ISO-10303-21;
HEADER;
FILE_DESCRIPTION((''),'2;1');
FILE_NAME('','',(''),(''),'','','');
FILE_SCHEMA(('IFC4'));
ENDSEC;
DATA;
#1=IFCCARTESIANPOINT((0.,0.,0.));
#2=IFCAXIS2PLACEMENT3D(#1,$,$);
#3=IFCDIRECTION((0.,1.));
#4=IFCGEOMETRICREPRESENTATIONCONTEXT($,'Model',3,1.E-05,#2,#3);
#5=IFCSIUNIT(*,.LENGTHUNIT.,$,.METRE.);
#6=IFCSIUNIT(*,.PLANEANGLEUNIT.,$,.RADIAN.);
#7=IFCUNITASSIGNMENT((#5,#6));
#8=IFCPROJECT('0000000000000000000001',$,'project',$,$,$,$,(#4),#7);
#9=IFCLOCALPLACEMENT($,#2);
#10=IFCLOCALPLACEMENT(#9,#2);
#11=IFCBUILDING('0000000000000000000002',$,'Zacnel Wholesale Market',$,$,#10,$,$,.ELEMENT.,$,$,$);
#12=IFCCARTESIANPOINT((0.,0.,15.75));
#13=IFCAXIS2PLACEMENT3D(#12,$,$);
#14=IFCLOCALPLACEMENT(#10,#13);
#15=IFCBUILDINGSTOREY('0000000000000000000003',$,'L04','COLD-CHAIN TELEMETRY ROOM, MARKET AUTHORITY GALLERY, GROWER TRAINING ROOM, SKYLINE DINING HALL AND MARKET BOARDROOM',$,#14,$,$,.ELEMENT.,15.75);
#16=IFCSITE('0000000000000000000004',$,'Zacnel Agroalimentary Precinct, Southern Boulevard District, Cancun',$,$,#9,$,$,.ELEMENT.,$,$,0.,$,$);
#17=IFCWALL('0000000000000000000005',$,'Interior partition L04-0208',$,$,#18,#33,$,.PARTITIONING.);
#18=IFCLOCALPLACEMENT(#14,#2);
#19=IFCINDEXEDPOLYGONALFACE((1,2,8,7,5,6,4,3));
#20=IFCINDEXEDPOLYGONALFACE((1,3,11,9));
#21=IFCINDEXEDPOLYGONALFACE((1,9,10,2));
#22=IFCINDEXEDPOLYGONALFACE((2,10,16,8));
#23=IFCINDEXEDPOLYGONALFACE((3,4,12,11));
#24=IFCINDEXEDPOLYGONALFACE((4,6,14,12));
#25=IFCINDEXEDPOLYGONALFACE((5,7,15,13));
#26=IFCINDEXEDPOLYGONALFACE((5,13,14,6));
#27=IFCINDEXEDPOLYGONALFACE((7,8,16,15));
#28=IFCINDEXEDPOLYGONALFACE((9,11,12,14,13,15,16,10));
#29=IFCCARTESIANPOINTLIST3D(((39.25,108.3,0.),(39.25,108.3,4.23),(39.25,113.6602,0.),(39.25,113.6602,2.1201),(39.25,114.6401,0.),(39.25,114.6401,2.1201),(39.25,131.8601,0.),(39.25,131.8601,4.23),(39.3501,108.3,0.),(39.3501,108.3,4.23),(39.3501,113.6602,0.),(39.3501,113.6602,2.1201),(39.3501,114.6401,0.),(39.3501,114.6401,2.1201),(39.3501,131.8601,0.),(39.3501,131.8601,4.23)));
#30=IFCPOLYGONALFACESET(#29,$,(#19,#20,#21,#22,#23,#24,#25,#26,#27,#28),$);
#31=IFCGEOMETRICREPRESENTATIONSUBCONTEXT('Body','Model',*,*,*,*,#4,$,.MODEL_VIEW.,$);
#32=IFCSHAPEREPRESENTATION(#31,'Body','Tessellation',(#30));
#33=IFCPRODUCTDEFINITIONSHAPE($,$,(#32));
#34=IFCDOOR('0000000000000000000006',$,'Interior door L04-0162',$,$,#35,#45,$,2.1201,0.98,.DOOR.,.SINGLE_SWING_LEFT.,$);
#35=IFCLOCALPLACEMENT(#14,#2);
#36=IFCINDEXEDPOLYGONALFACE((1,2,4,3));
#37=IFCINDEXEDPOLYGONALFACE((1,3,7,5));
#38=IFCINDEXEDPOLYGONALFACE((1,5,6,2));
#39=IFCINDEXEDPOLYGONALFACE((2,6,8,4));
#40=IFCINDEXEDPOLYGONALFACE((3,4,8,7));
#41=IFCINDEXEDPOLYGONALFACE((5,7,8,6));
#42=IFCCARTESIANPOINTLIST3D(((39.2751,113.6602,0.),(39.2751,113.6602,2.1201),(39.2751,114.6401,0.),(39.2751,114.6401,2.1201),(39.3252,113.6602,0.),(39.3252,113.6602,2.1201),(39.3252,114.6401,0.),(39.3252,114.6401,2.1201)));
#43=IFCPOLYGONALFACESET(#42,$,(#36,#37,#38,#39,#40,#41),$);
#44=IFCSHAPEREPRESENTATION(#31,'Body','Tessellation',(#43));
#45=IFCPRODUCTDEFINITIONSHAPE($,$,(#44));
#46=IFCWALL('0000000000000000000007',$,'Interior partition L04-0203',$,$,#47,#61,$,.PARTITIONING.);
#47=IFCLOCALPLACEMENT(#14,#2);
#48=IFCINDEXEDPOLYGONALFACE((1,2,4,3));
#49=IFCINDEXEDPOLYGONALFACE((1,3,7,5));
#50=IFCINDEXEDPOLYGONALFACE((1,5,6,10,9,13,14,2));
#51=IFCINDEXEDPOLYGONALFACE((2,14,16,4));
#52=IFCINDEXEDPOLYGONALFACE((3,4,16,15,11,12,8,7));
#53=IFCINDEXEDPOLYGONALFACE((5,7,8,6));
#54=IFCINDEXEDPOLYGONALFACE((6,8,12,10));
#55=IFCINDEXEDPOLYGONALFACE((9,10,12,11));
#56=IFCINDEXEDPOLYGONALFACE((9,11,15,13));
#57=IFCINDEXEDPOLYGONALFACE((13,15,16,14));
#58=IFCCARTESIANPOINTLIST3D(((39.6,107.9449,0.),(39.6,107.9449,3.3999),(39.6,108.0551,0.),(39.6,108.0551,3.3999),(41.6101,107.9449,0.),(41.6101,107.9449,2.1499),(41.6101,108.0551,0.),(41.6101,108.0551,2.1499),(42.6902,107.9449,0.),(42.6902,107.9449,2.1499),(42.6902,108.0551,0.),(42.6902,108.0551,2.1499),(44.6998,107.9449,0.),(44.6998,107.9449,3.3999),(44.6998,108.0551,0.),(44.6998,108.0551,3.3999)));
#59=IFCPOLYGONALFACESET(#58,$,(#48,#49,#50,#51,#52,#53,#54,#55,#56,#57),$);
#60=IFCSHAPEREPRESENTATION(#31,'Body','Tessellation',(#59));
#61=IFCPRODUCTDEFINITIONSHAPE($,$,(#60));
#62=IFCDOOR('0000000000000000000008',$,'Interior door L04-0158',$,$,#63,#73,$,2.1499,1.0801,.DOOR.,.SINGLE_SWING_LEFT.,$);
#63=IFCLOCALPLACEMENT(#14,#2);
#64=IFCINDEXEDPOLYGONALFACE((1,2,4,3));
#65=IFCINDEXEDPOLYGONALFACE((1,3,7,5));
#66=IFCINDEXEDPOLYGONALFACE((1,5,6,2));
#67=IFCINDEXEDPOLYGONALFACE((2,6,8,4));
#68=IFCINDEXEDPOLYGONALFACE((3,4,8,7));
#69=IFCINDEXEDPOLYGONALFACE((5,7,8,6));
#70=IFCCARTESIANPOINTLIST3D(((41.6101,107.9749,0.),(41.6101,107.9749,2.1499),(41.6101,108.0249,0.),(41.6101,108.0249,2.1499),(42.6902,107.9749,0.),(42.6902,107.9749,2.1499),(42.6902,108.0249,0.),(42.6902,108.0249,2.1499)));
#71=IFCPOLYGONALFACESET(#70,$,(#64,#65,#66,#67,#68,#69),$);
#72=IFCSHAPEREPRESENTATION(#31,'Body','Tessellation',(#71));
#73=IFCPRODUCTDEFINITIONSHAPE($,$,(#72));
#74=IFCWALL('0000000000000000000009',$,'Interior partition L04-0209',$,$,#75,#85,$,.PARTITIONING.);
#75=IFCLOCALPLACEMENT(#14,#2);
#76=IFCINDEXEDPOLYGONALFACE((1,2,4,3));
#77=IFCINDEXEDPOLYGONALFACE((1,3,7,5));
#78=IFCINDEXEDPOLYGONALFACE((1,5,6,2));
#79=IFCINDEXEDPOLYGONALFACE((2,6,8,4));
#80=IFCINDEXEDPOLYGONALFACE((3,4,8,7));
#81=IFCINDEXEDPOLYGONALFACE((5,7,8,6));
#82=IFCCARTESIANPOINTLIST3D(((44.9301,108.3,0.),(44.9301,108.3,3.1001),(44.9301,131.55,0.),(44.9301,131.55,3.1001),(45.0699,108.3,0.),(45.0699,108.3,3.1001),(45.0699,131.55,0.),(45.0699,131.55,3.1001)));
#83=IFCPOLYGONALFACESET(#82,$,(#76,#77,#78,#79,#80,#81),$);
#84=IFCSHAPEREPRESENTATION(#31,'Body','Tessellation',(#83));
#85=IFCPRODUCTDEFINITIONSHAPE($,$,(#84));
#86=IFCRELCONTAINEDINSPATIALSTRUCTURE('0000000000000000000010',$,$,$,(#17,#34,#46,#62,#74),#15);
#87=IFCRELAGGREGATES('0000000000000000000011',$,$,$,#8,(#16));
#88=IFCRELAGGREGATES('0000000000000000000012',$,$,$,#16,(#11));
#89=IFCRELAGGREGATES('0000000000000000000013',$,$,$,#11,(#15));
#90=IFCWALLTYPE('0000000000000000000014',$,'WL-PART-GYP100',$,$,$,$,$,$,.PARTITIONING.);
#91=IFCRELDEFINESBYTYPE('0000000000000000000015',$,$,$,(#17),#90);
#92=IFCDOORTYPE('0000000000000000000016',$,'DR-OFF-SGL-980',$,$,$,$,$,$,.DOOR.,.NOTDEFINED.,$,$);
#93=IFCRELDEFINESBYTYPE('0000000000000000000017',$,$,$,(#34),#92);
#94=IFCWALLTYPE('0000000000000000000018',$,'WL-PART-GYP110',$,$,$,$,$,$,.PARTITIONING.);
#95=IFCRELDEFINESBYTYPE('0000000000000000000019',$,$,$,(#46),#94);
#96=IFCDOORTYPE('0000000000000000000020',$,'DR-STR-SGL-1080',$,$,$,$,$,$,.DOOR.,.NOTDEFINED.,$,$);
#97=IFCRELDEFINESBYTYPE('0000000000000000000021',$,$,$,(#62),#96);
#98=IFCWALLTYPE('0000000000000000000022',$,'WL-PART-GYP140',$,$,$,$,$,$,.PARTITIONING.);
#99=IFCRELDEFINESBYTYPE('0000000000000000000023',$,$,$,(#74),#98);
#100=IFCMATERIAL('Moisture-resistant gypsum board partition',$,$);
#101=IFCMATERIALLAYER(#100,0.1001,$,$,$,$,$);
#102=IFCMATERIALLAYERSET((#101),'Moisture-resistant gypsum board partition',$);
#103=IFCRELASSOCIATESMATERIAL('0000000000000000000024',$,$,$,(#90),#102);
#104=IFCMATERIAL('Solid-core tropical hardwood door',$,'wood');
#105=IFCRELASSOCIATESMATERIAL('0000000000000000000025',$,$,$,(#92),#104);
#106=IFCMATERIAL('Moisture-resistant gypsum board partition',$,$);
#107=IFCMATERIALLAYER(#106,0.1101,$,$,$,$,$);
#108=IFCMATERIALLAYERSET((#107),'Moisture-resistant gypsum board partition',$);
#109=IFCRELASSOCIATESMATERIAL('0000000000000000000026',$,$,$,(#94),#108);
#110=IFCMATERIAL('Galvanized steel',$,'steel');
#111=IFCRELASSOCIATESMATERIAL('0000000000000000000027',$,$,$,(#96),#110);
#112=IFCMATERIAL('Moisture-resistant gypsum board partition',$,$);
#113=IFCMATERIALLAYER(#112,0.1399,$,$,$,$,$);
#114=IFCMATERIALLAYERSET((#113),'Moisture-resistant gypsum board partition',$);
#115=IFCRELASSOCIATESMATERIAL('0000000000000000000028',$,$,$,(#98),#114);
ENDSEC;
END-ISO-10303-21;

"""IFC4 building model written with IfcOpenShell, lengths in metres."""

from ifc_helpers import new_model, si_unit, direction, frame, frame_2d, origin, place, context, subcontext, project, spatial, rectangle, extrude, material, layer, layer_set, type_object, element, fill, save


model = new_model("IFC4")

# Units and contexts
model_context = context("Model", 3, precision=1e-05, world=origin(), true_north=direction((0.0, 1.0)))
body_context = subcontext(model_context, "Body", "Model", "MODEL_VIEW")
ifc_project = project(units=[si_unit("LENGTHUNIT", "METRE"), si_unit("PLANEANGLEUNIT", "RADIAN")], contexts=[model_context])

# Site, building, storey
site_placement = place(None, origin())
site = spatial("IfcSite", under=ifc_project, at=site_placement, Name="Zacnel Agroalimentary Precinct, Southern Boulevard District, Cancun", CompositionType="ELEMENT", RefElevation=0.0)
building_placement = place(site_placement, origin())
building = spatial("IfcBuilding", under=site, at=building_placement, Name="Zacnel Wholesale Market", CompositionType="ELEMENT")
storey_placement = place(building_placement, frame((0.0, 0.0, 15.75)))
storey = spatial("IfcBuildingStorey", under=building, at=storey_placement, Name="L04", Description="COLD-CHAIN TELEMETRY ROOM, MARKET AUTHORITY GALLERY, GROWER TRAINING ROOM, SKYLINE DINING HALL AND MARKET BOARDROOM", CompositionType="ELEMENT", Elevation=15.75)

# Walls, openings, doors
ifc_material_1 = material(Name="Moisture-resistant gypsum board partition")
ifc_layer_1 = layer(ifc_material_1, 0.1001)
ifc_layer_set_1 = layer_set([ifc_layer_1], Name="Moisture-resistant gypsum board partition")
wall_type_1 = type_object("IfcWallType", Name="WL-PART-GYP100", PredefinedType="PARTITIONING", material=ifc_layer_set_1)
wall_1_placement = place(storey_placement, frame((39.3, 108.3, 0.0), z_axis=(0.0, 0.0, 1.0), x_axis=(0.0, 1.0, 0.0)))
wall_1 = element("IfcWall", 1, at=wall_1_placement, inside=storey, type_object=wall_type_1, Name="Interior partition L04-0208", PredefinedType="PARTITIONING", context=body_context, shape_type="SweptSolid", body=[
    extrude(rectangle(XDim=23.5601, YDim=0.1001, at=frame_2d((11.78, 0.0))), origin(), (0.0, 0.0, 1.0), 4.23),
])
opening_1_placement = place(wall_1_placement, frame((5.3601, 0.0, 0.0)))
opening_1 = element("IfcOpeningElement", 2, at=opening_1_placement, cuts=wall_1, PredefinedType="OPENING", context=body_context, shape_type="SweptSolid", body=[
    extrude(rectangle(XDim=0.98, YDim=2.1201, at=frame_2d((0.49, 1.0601))), frame((0.0, 0.0601, 0.0), z_axis=(0.0, -1.0, 0.0), x_axis=(1.0, 0.0, 0.0)), (0.0, 0.0, 1.0), 0.1201),
])
ifc_material_2 = material(Name="Solid-core tropical hardwood door", Category="wood")
door_type_1 = type_object("IfcDoorType", Name="DR-OFF-SGL-980", OperationType="NOTDEFINED", PredefinedType="DOOR", material=ifc_material_2)
door_1_placement = place(opening_1_placement, origin())
door_1 = element("IfcDoor", 3, at=door_1_placement, inside=storey, type_object=door_type_1, Name="Interior door L04-0162", OperationType="SINGLE_SWING_LEFT", OverallHeight=2.1201, OverallWidth=0.98, PredefinedType="DOOR", context=body_context, shape_type="SweptSolid", body=[
    extrude(rectangle(XDim=0.98, YDim=2.1201, at=frame_2d((0.49, 1.0601))), frame((0.0, 0.0249, 0.0), z_axis=(0.0, -1.0, 0.0), x_axis=(1.0, 0.0, 0.0)), (0.0, 0.0, 1.0), 0.05),
])
fill(opening_1, door_1)
ifc_material_3 = material(Name="Moisture-resistant gypsum board partition")
ifc_layer_2 = layer(ifc_material_3, 0.1101)
ifc_layer_set_2 = layer_set([ifc_layer_2], Name="Moisture-resistant gypsum board partition")
wall_type_2 = type_object("IfcWallType", Name="WL-PART-GYP110", PredefinedType="PARTITIONING", material=ifc_layer_set_2)
wall_2_placement = place(storey_placement, frame((39.6001, 108.0, 0.0), z_axis=(0.0, 0.0, 1.0), x_axis=(1.0, 0.0, 0.0)))
wall_2 = element("IfcWall", 4, at=wall_2_placement, inside=storey, type_object=wall_type_2, Name="Interior partition L04-0203", PredefinedType="PARTITIONING", context=body_context, shape_type="SweptSolid", body=[
    extrude(rectangle(XDim=5.0999, YDim=0.1101, at=frame_2d((2.5498, 0.0))), origin(), (0.0, 0.0, 1.0), 3.3999),
])
opening_2_placement = place(wall_2_placement, frame((2.01, 0.0, 0.0)))
opening_2 = element("IfcOpeningElement", 5, at=opening_2_placement, cuts=wall_2, PredefinedType="OPENING", context=body_context, shape_type="SweptSolid", body=[
    extrude(rectangle(XDim=1.0801, YDim=2.1499, at=frame_2d((0.54, 1.075))), frame((0.0, 0.0649, 0.0), z_axis=(0.0, -1.0, 0.0), x_axis=(1.0, 0.0, 0.0)), (0.0, 0.0, 1.0), 0.1301),
])
ifc_material_4 = material(Name="Galvanized steel", Category="steel")
door_type_2 = type_object("IfcDoorType", Name="DR-STR-SGL-1080", OperationType="NOTDEFINED", PredefinedType="DOOR", material=ifc_material_4)
door_2_placement = place(opening_2_placement, origin())
door_2 = element("IfcDoor", 6, at=door_2_placement, inside=storey, type_object=door_type_2, Name="Interior door L04-0158", OperationType="SINGLE_SWING_LEFT", OverallHeight=2.1499, OverallWidth=1.0801, PredefinedType="DOOR", context=body_context, shape_type="SweptSolid", body=[
    extrude(rectangle(XDim=1.0801, YDim=2.1499, at=frame_2d((0.54, 1.075))), frame((0.0, 0.0249, 0.0), z_axis=(0.0, -1.0, 0.0), x_axis=(1.0, 0.0, 0.0)), (0.0, 0.0, 1.0), 0.05),
])
fill(opening_2, door_2)

# Wall
ifc_material_5 = material(Name="Moisture-resistant gypsum board partition")
ifc_layer_3 = layer(ifc_material_5, 0.1399)
ifc_layer_set_3 = layer_set([ifc_layer_3], Name="Moisture-resistant gypsum board partition")
wall_type_3 = type_object("IfcWallType", Name="WL-PART-GYP140", PredefinedType="PARTITIONING", material=ifc_layer_set_3)
wall_3_placement = place(storey_placement, frame((45.0, 108.3, 0.0), z_axis=(0.0, 0.0, 1.0), x_axis=(0.0, 1.0, 0.0)))
element("IfcWall", 7, at=wall_3_placement, inside=storey, type_object=wall_type_3, Name="Interior partition L04-0209", PredefinedType="PARTITIONING", context=body_context, shape_type="SweptSolid", body=[
    extrude(rectangle(XDim=23.25, YDim=0.1399, at=frame_2d((11.625, 0.0))), origin(), (0.0, 0.0, 1.0), 3.1001),
])

save(model, "model.ifc")
